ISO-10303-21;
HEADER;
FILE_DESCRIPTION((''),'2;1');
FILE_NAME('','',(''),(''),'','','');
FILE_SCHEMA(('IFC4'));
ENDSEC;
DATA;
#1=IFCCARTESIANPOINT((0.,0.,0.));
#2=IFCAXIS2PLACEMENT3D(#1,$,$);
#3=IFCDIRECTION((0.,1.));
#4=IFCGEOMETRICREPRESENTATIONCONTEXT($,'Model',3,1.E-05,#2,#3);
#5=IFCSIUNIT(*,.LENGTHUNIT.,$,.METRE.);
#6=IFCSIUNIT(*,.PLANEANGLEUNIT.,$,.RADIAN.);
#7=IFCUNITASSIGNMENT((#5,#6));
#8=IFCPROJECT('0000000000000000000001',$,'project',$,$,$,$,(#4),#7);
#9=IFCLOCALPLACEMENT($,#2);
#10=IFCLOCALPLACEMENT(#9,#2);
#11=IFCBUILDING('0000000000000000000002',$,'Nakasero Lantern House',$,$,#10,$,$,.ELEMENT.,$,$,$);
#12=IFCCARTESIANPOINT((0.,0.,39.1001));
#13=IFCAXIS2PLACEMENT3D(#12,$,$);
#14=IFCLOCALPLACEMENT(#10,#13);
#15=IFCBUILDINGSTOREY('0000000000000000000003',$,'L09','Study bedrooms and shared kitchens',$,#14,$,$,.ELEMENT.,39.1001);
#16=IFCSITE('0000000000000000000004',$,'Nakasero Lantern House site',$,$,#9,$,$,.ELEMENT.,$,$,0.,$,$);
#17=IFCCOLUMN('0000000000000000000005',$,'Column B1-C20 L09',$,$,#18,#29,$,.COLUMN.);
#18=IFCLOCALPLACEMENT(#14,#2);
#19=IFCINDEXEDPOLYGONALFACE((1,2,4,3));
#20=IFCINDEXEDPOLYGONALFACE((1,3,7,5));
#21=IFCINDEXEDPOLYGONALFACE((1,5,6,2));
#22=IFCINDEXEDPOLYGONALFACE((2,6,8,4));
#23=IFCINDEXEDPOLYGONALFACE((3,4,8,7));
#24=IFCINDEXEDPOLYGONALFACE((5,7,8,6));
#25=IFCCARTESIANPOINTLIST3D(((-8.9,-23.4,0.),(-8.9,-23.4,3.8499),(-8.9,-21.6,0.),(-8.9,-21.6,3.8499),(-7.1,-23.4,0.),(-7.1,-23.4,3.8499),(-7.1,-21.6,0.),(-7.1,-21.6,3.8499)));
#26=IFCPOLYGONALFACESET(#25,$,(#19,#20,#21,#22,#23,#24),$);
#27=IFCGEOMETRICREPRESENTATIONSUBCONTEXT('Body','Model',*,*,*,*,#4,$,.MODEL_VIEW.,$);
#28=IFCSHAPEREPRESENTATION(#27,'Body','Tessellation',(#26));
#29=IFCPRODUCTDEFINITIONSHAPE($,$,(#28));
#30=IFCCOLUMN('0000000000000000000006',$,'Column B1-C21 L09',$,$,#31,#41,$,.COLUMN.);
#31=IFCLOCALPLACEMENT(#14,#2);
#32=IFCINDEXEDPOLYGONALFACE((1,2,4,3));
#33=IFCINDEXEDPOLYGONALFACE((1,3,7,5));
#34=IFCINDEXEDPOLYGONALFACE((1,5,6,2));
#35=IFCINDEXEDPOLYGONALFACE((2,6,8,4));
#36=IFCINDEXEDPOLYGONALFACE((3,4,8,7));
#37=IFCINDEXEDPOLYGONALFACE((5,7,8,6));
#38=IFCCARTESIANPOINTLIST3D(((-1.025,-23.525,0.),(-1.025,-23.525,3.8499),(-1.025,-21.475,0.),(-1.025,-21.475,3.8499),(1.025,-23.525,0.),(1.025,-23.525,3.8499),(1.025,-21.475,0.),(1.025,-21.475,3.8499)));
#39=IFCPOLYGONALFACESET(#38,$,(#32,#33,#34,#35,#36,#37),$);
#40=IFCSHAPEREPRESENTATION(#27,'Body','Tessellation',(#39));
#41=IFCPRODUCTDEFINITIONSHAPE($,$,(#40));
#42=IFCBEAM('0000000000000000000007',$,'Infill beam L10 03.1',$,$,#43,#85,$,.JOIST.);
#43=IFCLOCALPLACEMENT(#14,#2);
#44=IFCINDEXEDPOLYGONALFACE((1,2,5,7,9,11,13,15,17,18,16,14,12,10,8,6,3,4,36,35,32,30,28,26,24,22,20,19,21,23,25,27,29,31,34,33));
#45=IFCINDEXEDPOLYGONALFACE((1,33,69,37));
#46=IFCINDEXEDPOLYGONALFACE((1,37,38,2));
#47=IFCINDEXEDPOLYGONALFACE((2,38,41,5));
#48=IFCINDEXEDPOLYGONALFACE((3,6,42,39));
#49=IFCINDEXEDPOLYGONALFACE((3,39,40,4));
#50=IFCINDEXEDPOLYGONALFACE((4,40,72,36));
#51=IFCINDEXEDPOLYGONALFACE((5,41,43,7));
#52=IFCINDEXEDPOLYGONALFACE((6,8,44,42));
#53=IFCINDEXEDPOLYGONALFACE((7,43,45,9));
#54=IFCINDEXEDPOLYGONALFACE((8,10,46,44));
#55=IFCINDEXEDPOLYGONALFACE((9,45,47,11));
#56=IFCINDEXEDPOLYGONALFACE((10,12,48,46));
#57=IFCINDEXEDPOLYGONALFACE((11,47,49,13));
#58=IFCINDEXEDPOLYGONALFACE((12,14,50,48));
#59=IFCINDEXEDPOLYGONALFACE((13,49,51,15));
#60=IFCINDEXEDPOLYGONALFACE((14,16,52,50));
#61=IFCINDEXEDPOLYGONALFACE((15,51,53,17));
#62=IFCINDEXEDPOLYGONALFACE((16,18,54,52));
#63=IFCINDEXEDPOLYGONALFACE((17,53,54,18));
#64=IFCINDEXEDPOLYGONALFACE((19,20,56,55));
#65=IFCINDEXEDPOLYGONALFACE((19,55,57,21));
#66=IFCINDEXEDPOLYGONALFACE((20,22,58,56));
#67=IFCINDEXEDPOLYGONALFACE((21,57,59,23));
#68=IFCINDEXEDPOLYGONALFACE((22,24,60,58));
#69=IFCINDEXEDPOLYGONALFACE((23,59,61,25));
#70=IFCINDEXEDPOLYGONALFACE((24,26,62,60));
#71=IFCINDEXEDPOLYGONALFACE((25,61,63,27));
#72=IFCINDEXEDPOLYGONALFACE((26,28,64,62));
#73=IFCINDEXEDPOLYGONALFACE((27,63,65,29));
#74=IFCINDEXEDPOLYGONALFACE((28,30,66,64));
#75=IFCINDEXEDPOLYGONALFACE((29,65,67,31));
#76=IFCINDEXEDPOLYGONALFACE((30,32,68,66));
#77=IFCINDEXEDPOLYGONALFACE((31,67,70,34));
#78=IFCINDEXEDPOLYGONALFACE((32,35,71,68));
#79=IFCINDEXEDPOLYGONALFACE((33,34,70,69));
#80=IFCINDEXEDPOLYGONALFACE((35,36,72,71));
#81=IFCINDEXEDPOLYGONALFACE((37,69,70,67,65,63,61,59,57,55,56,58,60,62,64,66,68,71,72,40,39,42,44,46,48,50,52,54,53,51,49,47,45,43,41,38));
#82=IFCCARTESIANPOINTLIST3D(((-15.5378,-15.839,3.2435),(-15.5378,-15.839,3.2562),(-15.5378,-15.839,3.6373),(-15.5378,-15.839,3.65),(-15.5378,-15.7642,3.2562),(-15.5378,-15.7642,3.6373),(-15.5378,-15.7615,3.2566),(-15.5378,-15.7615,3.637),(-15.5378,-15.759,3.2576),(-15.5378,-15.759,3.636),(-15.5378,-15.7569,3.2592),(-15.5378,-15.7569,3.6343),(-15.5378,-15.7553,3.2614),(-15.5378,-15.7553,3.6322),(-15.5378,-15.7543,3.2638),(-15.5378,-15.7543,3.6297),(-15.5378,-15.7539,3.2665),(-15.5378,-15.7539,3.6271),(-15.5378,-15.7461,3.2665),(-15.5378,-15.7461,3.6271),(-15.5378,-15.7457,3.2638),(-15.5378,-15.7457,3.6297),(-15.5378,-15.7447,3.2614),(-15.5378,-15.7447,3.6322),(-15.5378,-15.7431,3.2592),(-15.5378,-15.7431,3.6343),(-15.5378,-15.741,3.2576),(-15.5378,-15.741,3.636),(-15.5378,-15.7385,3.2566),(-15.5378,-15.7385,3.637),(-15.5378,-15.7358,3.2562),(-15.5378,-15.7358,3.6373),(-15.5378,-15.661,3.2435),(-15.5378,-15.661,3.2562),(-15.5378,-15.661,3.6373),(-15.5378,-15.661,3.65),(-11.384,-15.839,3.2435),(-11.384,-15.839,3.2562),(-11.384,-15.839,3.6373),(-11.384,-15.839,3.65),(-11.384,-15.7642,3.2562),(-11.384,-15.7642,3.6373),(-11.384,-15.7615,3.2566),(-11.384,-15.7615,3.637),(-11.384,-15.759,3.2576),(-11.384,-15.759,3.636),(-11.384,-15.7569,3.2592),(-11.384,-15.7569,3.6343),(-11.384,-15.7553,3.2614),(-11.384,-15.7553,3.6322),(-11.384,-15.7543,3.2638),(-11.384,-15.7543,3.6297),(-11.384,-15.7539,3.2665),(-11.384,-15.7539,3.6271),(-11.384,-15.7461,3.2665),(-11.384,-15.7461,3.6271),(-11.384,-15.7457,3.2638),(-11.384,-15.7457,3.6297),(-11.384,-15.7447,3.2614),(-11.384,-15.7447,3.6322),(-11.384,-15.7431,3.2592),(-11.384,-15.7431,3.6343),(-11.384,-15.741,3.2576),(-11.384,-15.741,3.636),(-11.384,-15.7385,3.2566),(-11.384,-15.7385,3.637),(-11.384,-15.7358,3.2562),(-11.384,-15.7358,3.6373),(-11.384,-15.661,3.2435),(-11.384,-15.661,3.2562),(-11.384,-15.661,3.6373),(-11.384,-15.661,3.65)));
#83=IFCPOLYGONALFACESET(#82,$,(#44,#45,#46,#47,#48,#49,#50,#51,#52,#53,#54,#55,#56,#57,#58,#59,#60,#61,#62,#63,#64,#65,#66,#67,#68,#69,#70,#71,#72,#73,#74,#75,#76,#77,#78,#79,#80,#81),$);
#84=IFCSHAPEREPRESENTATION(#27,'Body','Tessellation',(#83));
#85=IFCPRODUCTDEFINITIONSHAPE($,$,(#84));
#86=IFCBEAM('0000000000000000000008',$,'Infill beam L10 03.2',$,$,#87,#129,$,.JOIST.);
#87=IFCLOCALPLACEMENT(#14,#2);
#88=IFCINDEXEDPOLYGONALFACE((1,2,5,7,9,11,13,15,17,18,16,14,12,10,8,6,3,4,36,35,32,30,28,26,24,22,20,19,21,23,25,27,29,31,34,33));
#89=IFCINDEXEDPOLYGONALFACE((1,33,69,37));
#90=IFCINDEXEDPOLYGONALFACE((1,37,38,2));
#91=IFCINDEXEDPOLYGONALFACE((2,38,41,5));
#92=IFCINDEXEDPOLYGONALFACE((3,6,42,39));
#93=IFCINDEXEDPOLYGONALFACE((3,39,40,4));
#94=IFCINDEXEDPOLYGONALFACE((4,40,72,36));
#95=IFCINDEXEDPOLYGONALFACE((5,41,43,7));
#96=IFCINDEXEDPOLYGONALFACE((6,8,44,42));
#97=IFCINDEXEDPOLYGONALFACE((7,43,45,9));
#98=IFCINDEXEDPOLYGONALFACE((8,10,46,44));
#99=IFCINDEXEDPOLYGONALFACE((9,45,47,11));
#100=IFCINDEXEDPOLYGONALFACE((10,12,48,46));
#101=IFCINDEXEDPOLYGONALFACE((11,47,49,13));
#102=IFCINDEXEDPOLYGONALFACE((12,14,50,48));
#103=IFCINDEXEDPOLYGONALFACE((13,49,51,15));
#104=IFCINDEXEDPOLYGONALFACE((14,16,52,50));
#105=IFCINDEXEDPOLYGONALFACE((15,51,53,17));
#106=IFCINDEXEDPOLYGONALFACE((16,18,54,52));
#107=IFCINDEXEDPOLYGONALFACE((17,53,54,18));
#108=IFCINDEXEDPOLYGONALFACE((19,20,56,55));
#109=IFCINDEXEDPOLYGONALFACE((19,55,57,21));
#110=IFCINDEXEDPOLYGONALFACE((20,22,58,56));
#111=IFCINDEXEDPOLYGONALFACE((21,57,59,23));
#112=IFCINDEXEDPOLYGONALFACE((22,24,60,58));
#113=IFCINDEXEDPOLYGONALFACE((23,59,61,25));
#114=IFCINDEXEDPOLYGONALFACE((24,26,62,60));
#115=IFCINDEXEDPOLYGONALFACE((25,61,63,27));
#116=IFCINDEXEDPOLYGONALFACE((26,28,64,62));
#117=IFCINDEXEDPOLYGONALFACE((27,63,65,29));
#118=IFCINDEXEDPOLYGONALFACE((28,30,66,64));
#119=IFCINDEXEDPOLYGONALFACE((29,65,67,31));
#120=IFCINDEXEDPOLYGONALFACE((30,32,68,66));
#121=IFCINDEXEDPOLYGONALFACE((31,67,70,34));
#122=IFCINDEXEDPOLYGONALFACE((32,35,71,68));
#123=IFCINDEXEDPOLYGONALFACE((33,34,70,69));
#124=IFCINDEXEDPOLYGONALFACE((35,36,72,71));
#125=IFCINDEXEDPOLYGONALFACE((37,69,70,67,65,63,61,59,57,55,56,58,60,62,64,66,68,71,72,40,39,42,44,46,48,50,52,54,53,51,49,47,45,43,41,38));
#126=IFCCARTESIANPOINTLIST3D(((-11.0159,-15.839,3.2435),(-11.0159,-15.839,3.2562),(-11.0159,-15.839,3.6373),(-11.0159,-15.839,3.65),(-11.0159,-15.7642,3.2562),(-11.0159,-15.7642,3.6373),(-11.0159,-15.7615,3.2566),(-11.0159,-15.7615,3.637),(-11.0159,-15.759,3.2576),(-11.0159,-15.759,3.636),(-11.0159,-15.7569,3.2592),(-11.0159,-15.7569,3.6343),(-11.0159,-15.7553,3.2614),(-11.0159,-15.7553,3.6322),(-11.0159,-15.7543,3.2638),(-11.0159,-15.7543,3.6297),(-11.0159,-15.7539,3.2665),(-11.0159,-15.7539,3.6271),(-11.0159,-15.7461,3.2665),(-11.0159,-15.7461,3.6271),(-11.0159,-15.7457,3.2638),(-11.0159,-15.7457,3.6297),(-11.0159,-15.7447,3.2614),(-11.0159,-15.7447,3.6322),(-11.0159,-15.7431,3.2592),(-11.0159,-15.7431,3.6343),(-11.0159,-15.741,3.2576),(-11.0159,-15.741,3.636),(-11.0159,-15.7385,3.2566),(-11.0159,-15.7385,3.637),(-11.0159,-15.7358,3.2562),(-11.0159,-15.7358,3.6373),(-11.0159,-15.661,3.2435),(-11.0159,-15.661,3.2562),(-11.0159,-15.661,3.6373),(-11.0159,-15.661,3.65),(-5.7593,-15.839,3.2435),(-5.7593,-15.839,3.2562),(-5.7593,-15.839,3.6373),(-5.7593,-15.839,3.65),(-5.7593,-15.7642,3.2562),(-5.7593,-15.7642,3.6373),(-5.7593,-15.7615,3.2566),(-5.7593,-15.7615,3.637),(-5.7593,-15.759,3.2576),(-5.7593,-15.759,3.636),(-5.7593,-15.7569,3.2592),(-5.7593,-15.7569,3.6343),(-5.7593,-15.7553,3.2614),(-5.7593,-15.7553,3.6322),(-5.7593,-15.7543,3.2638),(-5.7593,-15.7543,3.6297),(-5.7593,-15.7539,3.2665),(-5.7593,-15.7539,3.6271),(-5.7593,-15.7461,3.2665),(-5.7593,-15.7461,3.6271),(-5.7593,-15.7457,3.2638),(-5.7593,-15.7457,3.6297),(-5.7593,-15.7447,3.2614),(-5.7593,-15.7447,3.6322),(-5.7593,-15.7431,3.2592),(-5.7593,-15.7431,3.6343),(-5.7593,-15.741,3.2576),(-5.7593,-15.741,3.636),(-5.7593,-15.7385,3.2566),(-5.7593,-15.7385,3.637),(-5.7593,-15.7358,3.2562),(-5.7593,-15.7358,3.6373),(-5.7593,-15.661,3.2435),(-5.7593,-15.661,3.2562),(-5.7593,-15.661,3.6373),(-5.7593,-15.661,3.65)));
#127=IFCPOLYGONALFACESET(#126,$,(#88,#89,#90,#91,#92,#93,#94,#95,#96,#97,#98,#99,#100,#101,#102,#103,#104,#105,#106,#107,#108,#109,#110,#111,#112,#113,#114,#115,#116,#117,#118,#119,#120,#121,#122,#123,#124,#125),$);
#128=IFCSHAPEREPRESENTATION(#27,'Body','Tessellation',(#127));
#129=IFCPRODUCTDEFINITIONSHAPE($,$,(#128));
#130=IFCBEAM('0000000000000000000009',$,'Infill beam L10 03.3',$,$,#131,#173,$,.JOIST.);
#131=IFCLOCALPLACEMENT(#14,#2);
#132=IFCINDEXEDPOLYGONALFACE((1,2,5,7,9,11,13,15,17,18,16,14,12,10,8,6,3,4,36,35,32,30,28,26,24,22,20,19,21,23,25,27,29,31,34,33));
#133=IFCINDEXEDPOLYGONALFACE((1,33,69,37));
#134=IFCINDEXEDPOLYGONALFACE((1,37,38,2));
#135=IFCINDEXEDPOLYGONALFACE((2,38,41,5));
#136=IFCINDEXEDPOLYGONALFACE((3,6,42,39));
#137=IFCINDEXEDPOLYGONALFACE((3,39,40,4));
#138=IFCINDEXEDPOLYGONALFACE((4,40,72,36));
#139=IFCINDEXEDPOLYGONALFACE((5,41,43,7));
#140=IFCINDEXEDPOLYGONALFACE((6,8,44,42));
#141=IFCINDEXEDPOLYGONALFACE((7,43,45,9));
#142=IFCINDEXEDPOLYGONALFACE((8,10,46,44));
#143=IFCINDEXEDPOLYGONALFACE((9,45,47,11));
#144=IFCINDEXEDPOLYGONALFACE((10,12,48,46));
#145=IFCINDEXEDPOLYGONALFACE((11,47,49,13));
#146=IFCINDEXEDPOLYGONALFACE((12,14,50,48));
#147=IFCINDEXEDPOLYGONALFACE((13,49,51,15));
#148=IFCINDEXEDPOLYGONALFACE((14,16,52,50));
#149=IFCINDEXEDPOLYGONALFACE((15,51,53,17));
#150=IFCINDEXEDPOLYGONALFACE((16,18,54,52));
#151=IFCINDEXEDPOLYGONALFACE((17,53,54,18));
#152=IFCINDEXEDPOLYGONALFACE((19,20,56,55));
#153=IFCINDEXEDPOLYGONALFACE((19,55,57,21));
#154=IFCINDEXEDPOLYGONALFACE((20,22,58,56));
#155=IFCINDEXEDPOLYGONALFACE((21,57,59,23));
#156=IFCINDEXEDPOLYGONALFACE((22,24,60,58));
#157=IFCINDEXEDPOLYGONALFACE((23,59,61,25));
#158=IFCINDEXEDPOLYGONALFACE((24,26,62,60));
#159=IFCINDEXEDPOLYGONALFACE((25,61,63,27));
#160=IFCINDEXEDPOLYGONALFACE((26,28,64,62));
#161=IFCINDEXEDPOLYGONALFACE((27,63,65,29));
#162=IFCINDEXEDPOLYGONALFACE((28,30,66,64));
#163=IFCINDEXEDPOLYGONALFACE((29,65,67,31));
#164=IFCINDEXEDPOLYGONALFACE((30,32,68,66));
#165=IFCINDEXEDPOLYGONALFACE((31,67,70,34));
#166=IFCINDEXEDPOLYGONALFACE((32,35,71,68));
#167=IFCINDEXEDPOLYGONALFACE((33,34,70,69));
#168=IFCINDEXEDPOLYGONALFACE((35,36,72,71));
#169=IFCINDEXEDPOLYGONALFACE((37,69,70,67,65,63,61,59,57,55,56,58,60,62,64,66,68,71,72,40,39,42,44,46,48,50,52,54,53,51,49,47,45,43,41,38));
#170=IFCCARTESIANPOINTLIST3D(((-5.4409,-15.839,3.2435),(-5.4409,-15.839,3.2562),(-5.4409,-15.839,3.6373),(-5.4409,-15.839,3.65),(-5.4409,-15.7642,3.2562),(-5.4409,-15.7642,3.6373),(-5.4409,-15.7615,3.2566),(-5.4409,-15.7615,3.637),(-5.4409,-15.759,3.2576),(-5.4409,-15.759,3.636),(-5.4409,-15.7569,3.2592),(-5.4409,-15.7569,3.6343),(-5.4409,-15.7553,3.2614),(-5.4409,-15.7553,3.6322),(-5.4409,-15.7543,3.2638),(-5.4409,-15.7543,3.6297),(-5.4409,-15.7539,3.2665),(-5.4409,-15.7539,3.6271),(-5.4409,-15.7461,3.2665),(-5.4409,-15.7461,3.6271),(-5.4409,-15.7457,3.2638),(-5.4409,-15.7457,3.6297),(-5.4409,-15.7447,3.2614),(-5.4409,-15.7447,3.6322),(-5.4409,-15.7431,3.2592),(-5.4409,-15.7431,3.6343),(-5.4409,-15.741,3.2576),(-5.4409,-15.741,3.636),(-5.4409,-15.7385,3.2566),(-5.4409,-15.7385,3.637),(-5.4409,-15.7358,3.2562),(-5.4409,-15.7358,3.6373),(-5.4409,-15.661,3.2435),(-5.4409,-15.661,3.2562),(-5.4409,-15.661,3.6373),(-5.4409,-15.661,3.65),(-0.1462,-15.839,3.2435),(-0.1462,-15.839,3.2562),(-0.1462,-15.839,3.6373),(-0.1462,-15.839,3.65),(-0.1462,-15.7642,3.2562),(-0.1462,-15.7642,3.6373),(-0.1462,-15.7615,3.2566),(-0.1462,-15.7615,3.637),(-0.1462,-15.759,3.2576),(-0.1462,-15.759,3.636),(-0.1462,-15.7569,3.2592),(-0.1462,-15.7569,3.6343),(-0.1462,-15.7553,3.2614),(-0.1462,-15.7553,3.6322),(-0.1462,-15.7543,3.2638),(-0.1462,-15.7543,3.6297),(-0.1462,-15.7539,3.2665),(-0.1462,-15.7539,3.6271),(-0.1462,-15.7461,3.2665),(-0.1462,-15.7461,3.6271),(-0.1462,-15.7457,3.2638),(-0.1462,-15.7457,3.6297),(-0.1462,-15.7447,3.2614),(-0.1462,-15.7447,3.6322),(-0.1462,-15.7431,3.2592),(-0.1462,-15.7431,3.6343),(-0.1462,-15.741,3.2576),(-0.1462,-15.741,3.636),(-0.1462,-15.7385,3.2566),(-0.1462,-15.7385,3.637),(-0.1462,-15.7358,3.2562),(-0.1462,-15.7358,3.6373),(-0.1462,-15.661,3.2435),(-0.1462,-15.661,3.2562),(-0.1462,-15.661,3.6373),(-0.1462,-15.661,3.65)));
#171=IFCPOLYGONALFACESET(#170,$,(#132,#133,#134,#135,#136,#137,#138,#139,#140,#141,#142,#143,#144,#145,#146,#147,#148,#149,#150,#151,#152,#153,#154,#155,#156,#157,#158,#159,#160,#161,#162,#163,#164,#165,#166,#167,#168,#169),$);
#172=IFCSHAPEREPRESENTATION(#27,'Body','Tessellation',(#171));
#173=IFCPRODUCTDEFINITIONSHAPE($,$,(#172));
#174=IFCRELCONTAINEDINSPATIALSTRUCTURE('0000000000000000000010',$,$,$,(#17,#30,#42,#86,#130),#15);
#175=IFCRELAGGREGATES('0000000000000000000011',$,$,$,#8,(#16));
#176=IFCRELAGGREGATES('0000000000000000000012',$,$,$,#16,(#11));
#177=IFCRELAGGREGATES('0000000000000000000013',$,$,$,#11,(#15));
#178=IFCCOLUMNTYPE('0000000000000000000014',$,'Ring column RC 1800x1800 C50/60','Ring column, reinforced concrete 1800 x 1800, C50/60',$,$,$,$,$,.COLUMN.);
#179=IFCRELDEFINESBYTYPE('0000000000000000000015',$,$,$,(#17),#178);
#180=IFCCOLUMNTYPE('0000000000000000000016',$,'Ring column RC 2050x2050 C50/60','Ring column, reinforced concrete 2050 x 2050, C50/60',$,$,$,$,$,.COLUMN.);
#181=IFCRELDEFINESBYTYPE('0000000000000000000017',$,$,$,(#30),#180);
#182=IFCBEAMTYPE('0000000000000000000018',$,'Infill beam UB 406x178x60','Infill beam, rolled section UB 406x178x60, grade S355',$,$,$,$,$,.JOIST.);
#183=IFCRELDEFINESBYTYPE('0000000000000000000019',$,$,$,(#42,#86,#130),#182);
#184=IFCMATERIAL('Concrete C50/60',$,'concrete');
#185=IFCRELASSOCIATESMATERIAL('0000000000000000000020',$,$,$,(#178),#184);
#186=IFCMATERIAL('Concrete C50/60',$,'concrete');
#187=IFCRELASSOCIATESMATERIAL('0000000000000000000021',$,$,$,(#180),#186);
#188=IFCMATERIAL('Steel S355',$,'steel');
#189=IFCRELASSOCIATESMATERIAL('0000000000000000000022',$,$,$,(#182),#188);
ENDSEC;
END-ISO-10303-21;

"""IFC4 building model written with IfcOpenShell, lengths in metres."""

from ifc_helpers import new_model, si_unit, direction, frame, origin, origin_2d, place, context, subcontext, project, spatial, rectangle, i_section, extrude, material, material_profile, profile_set, type_object, element, save


model = new_model("IFC4")

# Units and contexts
model_context = context("Model", 3, precision=1e-05, world=origin(), true_north=direction((0.0, 1.0)))
body_context = subcontext(model_context, "Body", "Model", "MODEL_VIEW")
ifc_project = project(units=[si_unit("LENGTHUNIT", "METRE"), si_unit("PLANEANGLEUNIT", "RADIAN")], contexts=[model_context])

# Site, building, storey
site_placement = place(None, origin())
site = spatial("IfcSite", under=ifc_project, at=site_placement, Name="Nakasero Lantern House site", CompositionType="ELEMENT", RefElevation=0.0)
building_placement = place(site_placement, origin())
building = spatial("IfcBuilding", under=site, at=building_placement, Name="Nakasero Lantern House", CompositionType="ELEMENT")
storey_placement = place(building_placement, frame((0.0, 0.0, 39.1001)))
storey = spatial("IfcBuildingStorey", under=building, at=storey_placement, Name="L09", Description="Study bedrooms and shared kitchens", CompositionType="ELEMENT", Elevation=39.1001)

# Columns
ifc_material_1 = material(Name="Concrete C50/60", Category="concrete")
ifc_material_profile_1 = material_profile(ifc_material_1, rectangle(XDim=1.8, YDim=1.8, at=origin_2d()), Name="RC 1800x1800")
ifc_profile_set_1 = profile_set([ifc_material_profile_1], Name="Concrete C50/60")
column_type_1 = type_object("IfcColumnType", Name="Ring column RC 1800x1800 C50/60", Description="Ring column, reinforced concrete 1800 x 1800, C50/60", PredefinedType="COLUMN", material=ifc_profile_set_1)
column_1_placement = place(storey_placement, frame((-8.0, -22.5, 0.0), z_axis=(0.0, 0.0, 1.0), x_axis=(1.0, 0.0, 0.0)))
element("IfcColumn", 1, at=column_1_placement, inside=storey, type_object=column_type_1, Name="Column B1-C20 L09", PredefinedType="COLUMN", context=body_context, shape_type="SweptSolid", body=[
    extrude(rectangle(XDim=1.8, YDim=1.8, at=origin_2d()), origin(), (0.0, 0.0, 1.0), 3.8499),
])
ifc_material_2 = material(Name="Concrete C50/60", Category="concrete")
ifc_material_profile_2 = material_profile(ifc_material_2, rectangle(XDim=2.05, YDim=2.05, at=origin_2d()), Name="RC 2050x2050")
ifc_profile_set_2 = profile_set([ifc_material_profile_2], Name="Concrete C50/60")
column_type_2 = type_object("IfcColumnType", Name="Ring column RC 2050x2050 C50/60", Description="Ring column, reinforced concrete 2050 x 2050, C50/60", PredefinedType="COLUMN", material=ifc_profile_set_2)
column_2_placement = place(storey_placement, frame((0.0, -22.5, 0.0), z_axis=(0.0, 0.0, 1.0), x_axis=(1.0, 0.0, 0.0)))
element("IfcColumn", 2, at=column_2_placement, inside=storey, type_object=column_type_2, Name="Column B1-C21 L09", PredefinedType="COLUMN", context=body_context, shape_type="SweptSolid", body=[
    extrude(rectangle(XDim=2.05, YDim=2.05, at=origin_2d()), origin(), (0.0, 0.0, 1.0), 3.8499),
])

# Beams
ifc_material_3 = material(Name="Steel S355", Category="steel")
ifc_material_profile_3 = material_profile(ifc_material_3, i_section(OverallWidth=0.178, OverallDepth=0.4065, WebThickness=0.0078, FlangeThickness=0.0127, FilletRadius=0.0103, at=origin_2d()), Name="UB 406x178x60")
ifc_profile_set_3 = profile_set([ifc_material_profile_3], Name="Steel S355")
beam_type_1 = type_object("IfcBeamType", Name="Infill beam UB 406x178x60", Description="Infill beam, rolled section UB 406x178x60, grade S355", PredefinedType="JOIST", material=ifc_profile_set_3)
beam_1_placement = place(storey_placement, frame((-15.5378, -15.75, 3.4468), z_axis=(1.0, 0.0, 0.0), x_axis=(0.0, 1.0, 0.0)))
element("IfcBeam", 3, at=beam_1_placement, inside=storey, type_object=beam_type_1, Name="Infill beam L10 03.1", PredefinedType="JOIST", context=body_context, shape_type="SweptSolid", body=[
    extrude(i_section(OverallWidth=0.178, OverallDepth=0.4065, WebThickness=0.0078, FlangeThickness=0.0127, FilletRadius=0.0103, at=origin_2d()), origin(), (0.0, 0.0, 1.0), 4.1538),
])
beam_2_placement = place(storey_placement, frame((-11.0159, -15.75, 3.4468), z_axis=(1.0, 0.0, 0.0), x_axis=(0.0, 1.0, 0.0)))
element("IfcBeam", 4, at=beam_2_placement, inside=storey, type_object=beam_type_1, Name="Infill beam L10 03.2", PredefinedType="JOIST", context=body_context, shape_type="SweptSolid", body=[
    extrude(i_section(OverallWidth=0.178, OverallDepth=0.4065, WebThickness=0.0078, FlangeThickness=0.0127, FilletRadius=0.0103, at=origin_2d()), origin(), (0.0, 0.0, 1.0), 5.2566),
])
beam_3_placement = place(storey_placement, frame((-5.4409, -15.75, 3.4468), z_axis=(1.0, 0.0, 0.0), x_axis=(0.0, 1.0, 0.0)))
element("IfcBeam", 5, at=beam_3_placement, inside=storey, type_object=beam_type_1, Name="Infill beam L10 03.3", PredefinedType="JOIST", context=body_context, shape_type="SweptSolid", body=[
    extrude(i_section(OverallWidth=0.178, OverallDepth=0.4065, WebThickness=0.0078, FlangeThickness=0.0127, FilletRadius=0.0103, at=origin_2d()), origin(), (0.0, 0.0, 1.0), 5.2947),
])

save(model, "model.ifc")
